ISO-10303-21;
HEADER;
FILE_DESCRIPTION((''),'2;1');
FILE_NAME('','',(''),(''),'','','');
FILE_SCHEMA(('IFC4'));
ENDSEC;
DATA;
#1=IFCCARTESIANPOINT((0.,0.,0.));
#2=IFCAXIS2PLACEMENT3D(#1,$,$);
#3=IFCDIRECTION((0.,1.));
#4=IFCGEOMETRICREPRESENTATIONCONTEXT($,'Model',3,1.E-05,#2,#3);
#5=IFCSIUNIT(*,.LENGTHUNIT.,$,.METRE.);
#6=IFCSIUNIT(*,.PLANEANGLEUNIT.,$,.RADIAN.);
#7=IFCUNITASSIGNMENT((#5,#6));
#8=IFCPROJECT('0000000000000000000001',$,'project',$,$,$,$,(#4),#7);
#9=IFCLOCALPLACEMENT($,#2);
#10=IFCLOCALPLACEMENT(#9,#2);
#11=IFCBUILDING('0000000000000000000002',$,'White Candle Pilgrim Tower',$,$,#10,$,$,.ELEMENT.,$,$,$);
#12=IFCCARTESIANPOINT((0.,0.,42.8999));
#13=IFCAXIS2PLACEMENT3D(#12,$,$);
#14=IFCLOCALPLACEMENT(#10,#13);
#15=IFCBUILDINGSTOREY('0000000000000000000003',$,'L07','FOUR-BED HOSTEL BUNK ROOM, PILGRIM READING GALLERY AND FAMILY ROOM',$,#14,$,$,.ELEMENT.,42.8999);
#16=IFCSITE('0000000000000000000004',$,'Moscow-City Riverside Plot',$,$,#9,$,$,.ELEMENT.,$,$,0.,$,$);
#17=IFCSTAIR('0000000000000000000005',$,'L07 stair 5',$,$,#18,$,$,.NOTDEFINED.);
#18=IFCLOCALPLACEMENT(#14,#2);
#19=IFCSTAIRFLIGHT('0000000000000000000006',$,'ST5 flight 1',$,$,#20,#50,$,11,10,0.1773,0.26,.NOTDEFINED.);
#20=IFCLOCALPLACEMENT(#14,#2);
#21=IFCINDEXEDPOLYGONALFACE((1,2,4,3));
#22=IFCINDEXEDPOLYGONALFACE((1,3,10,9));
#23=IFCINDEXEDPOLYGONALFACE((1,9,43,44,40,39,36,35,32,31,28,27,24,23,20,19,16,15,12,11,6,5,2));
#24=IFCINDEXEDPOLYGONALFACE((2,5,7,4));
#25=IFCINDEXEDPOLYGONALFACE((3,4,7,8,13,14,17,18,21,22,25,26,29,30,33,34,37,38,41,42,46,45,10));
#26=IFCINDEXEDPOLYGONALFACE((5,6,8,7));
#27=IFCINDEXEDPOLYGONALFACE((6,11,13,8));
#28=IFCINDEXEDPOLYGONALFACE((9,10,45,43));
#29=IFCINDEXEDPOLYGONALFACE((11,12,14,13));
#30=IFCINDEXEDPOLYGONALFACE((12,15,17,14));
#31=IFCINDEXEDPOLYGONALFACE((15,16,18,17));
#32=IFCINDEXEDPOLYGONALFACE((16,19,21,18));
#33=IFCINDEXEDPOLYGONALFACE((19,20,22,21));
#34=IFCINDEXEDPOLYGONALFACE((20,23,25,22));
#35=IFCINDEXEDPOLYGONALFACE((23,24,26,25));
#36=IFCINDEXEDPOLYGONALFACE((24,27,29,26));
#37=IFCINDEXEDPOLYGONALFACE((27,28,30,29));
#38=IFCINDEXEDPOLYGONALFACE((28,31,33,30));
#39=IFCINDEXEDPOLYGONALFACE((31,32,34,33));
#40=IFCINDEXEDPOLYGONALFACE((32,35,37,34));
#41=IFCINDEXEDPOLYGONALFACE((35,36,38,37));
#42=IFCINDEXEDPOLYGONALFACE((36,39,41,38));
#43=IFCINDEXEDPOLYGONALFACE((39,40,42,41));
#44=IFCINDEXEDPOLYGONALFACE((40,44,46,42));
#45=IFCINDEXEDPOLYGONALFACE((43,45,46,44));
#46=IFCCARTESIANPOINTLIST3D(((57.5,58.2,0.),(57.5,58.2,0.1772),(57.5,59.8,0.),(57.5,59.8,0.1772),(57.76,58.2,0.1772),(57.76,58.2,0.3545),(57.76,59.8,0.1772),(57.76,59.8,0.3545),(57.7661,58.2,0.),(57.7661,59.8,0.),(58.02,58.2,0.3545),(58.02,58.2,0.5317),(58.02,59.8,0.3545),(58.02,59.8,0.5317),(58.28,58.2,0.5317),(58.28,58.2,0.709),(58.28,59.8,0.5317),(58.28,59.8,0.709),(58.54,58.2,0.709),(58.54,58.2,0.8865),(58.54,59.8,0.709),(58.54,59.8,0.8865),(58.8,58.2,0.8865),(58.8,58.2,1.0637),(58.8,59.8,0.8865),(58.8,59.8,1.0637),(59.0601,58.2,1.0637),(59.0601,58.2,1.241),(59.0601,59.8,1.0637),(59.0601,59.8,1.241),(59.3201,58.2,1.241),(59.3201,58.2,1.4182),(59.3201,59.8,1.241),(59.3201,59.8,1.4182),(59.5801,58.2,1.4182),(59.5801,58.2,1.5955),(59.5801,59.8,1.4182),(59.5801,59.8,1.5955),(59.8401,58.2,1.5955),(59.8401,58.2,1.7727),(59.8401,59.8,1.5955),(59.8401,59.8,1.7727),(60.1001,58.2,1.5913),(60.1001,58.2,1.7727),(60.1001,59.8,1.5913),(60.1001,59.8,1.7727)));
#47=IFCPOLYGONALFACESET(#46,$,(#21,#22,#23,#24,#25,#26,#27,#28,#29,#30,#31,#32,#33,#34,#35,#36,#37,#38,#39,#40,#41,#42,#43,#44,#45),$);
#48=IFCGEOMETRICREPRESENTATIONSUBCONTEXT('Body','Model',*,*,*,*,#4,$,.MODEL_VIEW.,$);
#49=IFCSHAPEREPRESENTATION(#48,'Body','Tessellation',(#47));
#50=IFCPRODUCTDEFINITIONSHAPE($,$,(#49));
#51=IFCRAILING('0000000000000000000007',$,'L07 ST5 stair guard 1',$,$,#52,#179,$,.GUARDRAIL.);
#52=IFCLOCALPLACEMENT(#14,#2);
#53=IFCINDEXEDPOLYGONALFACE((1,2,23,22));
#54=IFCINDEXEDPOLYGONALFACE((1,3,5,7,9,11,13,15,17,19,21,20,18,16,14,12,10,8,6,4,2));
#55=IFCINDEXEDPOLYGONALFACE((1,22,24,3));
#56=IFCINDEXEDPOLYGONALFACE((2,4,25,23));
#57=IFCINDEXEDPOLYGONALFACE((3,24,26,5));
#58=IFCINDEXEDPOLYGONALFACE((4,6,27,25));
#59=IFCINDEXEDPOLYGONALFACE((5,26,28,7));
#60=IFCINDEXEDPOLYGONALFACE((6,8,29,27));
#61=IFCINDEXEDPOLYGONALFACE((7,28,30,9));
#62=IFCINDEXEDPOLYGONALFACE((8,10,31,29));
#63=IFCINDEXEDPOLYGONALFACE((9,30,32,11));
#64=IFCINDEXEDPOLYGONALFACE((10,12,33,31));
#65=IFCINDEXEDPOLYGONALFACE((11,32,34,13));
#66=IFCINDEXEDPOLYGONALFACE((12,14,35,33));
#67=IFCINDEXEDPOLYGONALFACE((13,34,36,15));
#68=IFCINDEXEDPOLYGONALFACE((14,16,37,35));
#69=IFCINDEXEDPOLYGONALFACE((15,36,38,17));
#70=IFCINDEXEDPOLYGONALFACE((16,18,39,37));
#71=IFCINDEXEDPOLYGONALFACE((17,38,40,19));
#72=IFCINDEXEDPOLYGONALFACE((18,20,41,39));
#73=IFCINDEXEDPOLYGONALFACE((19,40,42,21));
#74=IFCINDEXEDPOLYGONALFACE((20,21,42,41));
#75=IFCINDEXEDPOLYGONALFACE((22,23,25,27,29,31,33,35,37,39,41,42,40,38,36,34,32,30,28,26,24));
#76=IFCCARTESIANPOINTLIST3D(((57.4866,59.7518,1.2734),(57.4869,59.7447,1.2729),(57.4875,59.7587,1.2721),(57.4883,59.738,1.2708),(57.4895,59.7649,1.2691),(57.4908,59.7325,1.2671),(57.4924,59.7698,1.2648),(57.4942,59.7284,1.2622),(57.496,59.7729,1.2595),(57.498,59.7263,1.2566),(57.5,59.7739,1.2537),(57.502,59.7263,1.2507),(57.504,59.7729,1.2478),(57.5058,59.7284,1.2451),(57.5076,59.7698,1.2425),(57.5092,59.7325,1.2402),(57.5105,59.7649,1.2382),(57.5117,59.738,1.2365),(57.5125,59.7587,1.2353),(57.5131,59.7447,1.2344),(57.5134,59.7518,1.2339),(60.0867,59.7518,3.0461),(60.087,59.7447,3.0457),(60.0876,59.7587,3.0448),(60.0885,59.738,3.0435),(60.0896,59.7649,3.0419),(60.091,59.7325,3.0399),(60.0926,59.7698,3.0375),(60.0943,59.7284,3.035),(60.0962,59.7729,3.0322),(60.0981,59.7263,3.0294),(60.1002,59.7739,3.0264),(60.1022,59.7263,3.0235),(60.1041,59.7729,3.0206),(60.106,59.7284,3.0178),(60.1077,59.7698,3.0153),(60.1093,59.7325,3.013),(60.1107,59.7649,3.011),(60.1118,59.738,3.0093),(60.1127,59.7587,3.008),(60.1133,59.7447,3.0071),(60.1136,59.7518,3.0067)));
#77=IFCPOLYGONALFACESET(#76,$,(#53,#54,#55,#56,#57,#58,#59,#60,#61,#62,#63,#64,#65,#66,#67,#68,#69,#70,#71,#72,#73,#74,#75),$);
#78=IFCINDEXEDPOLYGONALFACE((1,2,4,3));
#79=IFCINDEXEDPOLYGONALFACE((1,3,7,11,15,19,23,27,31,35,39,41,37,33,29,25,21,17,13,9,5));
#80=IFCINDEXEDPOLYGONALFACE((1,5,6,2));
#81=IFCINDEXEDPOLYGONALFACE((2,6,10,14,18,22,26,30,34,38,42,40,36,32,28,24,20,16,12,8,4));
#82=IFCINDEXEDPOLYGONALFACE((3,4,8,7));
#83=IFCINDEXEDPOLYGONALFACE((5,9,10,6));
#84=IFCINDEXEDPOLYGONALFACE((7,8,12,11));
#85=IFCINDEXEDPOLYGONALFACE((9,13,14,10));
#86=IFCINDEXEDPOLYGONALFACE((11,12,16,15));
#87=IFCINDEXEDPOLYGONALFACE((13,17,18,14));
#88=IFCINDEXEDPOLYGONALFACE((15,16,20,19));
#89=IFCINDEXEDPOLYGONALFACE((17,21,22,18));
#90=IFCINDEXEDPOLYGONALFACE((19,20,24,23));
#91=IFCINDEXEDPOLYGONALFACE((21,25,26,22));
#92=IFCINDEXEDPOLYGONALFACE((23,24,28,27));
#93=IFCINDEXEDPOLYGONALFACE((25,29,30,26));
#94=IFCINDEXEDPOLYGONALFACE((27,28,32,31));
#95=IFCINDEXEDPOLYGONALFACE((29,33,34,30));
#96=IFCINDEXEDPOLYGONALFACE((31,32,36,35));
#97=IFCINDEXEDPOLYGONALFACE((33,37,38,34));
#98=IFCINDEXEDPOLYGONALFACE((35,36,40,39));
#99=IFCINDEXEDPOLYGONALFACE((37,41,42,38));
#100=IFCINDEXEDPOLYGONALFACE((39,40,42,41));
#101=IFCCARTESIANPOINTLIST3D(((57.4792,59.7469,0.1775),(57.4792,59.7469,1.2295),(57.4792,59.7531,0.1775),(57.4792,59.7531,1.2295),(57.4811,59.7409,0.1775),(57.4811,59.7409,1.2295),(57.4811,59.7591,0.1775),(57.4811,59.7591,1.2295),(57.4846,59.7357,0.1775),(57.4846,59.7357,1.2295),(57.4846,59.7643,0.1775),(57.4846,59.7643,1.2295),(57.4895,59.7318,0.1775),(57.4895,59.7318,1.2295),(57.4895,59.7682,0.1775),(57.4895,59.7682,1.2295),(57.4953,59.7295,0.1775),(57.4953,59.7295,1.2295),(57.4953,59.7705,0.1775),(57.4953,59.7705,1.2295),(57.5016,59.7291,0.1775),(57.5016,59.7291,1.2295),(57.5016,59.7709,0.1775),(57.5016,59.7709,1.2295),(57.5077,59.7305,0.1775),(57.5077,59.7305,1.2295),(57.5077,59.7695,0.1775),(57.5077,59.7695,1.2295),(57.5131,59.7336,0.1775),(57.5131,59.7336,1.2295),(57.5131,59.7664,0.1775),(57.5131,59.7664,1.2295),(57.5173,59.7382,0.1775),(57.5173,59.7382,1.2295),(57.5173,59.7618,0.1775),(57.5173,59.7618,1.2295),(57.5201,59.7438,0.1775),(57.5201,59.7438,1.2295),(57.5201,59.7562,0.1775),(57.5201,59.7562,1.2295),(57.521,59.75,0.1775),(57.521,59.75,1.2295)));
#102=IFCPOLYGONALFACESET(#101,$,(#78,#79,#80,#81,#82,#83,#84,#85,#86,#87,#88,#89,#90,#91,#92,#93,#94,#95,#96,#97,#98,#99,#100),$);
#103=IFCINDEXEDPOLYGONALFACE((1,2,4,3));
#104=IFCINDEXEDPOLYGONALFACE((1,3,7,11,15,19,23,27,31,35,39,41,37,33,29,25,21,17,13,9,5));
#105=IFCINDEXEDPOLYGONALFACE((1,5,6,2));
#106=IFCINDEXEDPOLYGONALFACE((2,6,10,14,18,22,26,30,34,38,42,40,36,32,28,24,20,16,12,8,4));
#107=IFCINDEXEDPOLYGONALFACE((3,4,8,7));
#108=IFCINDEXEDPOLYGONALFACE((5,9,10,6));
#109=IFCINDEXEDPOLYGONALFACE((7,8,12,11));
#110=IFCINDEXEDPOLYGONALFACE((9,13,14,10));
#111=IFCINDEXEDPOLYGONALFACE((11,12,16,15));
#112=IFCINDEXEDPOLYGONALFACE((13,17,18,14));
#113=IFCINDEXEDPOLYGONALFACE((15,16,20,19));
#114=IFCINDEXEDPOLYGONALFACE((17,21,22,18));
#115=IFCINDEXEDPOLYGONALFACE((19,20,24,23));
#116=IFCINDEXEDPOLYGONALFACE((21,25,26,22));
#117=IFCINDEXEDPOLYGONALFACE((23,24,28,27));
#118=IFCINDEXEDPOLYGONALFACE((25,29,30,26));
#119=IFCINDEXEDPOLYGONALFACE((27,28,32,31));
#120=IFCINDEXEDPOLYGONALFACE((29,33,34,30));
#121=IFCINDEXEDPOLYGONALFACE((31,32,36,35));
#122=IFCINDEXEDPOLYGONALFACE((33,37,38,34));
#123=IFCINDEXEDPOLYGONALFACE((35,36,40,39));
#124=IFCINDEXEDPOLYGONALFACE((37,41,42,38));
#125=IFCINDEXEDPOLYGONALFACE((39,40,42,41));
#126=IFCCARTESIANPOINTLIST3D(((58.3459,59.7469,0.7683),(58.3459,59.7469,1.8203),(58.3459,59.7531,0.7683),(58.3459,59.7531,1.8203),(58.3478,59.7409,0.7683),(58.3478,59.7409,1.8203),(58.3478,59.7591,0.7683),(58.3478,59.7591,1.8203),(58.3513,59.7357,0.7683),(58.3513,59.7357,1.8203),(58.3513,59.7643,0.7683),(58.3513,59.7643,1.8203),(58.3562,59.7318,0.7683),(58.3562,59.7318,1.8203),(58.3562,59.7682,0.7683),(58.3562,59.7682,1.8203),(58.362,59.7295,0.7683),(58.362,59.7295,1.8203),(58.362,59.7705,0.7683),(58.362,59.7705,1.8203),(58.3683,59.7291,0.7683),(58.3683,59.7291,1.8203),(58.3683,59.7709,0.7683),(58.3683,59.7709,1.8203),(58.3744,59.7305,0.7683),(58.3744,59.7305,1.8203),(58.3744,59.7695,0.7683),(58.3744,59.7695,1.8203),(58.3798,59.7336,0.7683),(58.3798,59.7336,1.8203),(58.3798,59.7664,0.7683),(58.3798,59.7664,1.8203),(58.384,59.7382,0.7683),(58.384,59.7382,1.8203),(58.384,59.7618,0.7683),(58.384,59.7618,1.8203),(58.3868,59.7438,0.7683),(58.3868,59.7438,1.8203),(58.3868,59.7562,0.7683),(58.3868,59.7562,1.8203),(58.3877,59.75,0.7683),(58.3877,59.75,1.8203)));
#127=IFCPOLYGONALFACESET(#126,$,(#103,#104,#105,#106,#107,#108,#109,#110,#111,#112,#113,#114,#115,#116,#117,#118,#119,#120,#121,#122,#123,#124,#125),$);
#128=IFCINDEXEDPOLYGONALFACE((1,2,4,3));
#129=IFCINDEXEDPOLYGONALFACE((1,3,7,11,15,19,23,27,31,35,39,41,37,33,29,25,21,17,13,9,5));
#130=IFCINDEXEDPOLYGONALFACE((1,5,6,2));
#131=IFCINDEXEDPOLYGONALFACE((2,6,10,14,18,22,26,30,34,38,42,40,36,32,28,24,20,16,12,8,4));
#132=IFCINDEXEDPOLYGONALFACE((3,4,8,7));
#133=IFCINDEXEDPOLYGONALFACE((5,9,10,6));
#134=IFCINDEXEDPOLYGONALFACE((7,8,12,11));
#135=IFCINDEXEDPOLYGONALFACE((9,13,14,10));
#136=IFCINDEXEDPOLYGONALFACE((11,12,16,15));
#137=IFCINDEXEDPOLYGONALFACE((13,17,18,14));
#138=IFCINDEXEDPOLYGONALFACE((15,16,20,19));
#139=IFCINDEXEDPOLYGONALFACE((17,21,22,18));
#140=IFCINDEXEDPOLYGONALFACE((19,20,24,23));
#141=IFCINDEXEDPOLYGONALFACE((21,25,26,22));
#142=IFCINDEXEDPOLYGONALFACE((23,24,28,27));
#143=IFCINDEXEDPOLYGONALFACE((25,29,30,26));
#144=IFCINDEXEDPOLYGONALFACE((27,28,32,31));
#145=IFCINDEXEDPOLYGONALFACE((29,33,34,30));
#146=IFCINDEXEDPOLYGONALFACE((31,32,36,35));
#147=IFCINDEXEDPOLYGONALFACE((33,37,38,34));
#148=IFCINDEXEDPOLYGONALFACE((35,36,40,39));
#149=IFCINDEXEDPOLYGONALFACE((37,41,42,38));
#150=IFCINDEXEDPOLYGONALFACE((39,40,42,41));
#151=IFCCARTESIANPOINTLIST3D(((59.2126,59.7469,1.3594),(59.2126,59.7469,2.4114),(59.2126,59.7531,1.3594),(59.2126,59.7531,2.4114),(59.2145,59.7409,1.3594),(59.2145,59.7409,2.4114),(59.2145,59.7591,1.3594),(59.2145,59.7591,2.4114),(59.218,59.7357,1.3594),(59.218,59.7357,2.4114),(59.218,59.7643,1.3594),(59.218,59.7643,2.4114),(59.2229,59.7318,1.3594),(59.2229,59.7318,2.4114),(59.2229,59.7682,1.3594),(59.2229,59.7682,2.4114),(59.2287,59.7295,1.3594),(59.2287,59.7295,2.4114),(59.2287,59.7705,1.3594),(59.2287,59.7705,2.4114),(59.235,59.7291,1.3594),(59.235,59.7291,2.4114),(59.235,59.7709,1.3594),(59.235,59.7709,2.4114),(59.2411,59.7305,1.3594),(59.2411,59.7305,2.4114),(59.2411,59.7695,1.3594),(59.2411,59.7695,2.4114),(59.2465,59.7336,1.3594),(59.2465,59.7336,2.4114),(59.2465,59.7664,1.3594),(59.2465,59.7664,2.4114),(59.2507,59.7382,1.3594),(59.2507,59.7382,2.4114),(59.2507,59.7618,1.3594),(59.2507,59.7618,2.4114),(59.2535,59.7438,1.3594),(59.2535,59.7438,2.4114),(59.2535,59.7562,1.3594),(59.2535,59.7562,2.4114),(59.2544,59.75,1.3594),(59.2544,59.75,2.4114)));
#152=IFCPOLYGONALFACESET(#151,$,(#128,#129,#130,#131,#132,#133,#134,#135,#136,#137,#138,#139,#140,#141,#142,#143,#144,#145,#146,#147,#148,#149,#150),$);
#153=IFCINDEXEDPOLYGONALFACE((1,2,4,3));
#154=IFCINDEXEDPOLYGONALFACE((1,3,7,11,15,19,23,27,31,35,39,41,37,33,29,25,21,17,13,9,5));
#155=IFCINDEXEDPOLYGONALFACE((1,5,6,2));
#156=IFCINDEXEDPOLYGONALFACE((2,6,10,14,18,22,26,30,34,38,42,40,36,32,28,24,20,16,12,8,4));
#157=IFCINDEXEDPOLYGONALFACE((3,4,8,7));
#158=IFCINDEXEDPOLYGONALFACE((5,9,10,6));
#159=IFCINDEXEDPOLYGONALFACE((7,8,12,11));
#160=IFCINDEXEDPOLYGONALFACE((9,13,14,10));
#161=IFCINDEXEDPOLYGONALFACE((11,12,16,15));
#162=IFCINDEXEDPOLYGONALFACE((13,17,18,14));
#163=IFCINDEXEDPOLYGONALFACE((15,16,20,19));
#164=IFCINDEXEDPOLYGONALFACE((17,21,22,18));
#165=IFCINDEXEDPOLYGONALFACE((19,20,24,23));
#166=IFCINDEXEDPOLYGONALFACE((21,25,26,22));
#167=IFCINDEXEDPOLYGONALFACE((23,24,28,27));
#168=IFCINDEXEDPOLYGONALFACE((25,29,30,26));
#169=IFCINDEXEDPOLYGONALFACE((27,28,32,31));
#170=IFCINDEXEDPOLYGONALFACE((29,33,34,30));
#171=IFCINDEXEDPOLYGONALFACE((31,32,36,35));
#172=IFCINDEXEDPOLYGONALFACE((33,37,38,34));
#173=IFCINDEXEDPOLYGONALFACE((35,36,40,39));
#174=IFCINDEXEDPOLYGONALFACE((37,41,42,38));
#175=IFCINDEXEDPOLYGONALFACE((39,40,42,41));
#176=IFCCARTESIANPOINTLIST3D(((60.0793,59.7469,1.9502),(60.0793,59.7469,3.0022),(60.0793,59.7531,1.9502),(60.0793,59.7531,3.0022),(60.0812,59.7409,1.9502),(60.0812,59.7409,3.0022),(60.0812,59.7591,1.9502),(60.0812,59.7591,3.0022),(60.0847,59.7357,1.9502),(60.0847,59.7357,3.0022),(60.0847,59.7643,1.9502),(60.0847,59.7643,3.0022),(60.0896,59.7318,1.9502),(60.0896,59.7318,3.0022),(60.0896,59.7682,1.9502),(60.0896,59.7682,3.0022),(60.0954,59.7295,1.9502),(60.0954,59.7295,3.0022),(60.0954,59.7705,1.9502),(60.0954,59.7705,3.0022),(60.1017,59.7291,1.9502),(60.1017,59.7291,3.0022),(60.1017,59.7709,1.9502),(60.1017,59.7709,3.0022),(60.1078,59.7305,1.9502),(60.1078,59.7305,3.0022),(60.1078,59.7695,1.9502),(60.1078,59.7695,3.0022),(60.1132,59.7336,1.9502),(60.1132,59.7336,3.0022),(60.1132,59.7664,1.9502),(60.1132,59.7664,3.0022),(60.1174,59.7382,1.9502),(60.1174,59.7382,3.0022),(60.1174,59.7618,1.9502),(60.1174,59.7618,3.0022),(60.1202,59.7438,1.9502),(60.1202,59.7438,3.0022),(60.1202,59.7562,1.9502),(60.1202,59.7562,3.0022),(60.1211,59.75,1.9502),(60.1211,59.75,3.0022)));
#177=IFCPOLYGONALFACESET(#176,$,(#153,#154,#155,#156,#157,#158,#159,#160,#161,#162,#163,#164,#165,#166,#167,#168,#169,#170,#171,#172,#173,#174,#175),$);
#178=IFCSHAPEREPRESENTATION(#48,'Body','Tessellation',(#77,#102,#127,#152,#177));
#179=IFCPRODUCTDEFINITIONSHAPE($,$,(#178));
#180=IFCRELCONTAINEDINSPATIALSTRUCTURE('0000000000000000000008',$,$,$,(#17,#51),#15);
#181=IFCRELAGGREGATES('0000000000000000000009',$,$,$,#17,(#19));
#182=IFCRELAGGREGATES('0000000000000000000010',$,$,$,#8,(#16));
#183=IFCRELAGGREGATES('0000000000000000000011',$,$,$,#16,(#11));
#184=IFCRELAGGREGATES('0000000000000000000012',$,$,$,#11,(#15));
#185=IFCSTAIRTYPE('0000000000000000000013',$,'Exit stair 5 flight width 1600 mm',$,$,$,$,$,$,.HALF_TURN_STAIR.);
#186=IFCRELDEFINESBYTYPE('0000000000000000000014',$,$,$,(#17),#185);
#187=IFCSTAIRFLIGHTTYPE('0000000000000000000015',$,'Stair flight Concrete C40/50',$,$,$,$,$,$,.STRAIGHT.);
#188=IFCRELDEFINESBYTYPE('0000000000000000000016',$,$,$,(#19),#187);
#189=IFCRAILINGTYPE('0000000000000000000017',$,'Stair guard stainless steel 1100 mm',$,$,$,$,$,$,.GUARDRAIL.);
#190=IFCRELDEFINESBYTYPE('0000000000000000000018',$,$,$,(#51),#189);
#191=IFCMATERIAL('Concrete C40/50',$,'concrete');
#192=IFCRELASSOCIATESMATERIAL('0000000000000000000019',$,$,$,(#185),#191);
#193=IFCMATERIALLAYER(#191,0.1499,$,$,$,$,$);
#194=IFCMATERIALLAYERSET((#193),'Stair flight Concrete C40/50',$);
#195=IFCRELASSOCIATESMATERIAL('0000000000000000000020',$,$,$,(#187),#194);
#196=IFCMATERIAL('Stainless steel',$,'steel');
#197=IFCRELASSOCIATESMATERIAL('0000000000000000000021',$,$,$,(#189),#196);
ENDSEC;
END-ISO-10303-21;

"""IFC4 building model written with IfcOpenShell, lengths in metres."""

from ifc_helpers import new_model, si_unit, direction, frame, origin, origin_2d, place, context, subcontext, project, spatial, polyline, circle, outline, extrude, material, layer, layer_set, type_object, element, aggregate, save


model = new_model("IFC4")

# Units and contexts
model_context = context("Model", 3, precision=1e-05, world=origin(), true_north=direction((0.0, 1.0)))
body_context = subcontext(model_context, "Body", "Model", "MODEL_VIEW")
ifc_project = project(units=[si_unit("LENGTHUNIT", "METRE"), si_unit("PLANEANGLEUNIT", "RADIAN")], contexts=[model_context])

# Site, building, storey
site_placement = place(None, origin())
site = spatial("IfcSite", under=ifc_project, at=site_placement, Name="Moscow-City Riverside Plot", CompositionType="ELEMENT", RefElevation=0.0)
building_placement = place(site_placement, origin())
building = spatial("IfcBuilding", under=site, at=building_placement, Name="White Candle Pilgrim Tower", CompositionType="ELEMENT")
storey_placement = place(building_placement, frame((0.0, 0.0, 42.8999)))
storey = spatial("IfcBuildingStorey", under=building, at=storey_placement, Name="L07", Description="FOUR-BED HOSTEL BUNK ROOM, PILGRIM READING GALLERY AND FAMILY ROOM", CompositionType="ELEMENT", Elevation=42.8999)

# Stair, stair flight
ifc_material_1 = material(Name="Concrete C40/50", Category="concrete")
stair_type = type_object("IfcStairType", Name="Exit stair 5 flight width 1600 mm", PredefinedType="HALF_TURN_STAIR", material=ifc_material_1)
stair_placement = place(storey_placement, origin())
stair = element("IfcStair", 1, at=stair_placement, inside=storey, type_object=stair_type, Name="L07 stair 5", PredefinedType="NOTDEFINED")
ifc_layer_1 = layer(ifc_material_1, 0.1499)
ifc_layer_set_1 = layer_set([ifc_layer_1], Name="Stair flight Concrete C40/50")
stair_flight_type = type_object("IfcStairFlightType", Name="Stair flight Concrete C40/50", PredefinedType="STRAIGHT", material=ifc_layer_set_1)
stair_flight_placement = place(storey_placement, frame((57.5, 59.0, 0.0), z_axis=(0.0, 0.0, 1.0), x_axis=(1.0, 0.0, 0.0)))
stair_flight = element("IfcStairFlight", 2, at=stair_flight_placement, type_object=stair_flight_type, Name="ST5 flight 1", NumberOfRisers=11, NumberOfTreads=10, PredefinedType="NOTDEFINED", RiserHeight=0.1773, TreadLength=0.26, context=body_context, shape_type="SweptSolid", body=[
    extrude(outline(polyline([(0.0, 0.0), (0.0, 0.1772), (0.26, 0.1772), (0.26, 0.3545), (0.52, 0.3545), (0.52, 0.5317), (0.78, 0.5317), (0.78, 0.709), (1.04, 0.709), (1.04, 0.8865), (1.3, 0.8865), (1.3, 1.0637), (1.5601, 1.0637), (1.5601, 1.241), (1.8201, 1.241), (1.8201, 1.4182), (2.0801, 1.4182), (2.0801, 1.5955), (2.3401, 1.5955), (2.3401, 1.7727), (2.6001, 1.7727), (2.6001, 1.95), (2.6001, 1.5913), (0.2661, 0.0), (0.0, 0.0)])), frame((0.0, 0.8, 0.0), z_axis=(0.0, -1.0, 0.0), x_axis=(1.0, 0.0, 0.0)), (0.0, 0.0, 1.0), 1.6001),
])
aggregate(stair, [stair_flight])

# Railing
ifc_material_2 = material(Name="Stainless steel", Category="steel")
railing_type_1 = type_object("IfcRailingType", Name="Stair guard stainless steel 1100 mm", PredefinedType="GUARDRAIL", material=ifc_material_2)
railing_1_placement = place(storey_placement, frame((57.5, 59.75, 0.1775)))
element("IfcRailing", 3, at=railing_1_placement, inside=storey, type_object=railing_type_1, Name="L07 ST5 stair guard 1", PredefinedType="GUARDRAIL", context=body_context, shape_type="SweptSolid", body=[
    extrude(circle(Radius=0.0239, at=origin_2d()), frame((0.0, 0.0, 1.0762), z_axis=(0.82624, 0.0, 0.563318), x_axis=(0.0, 1.0, 0.0)), (0.0, 0.0, 1.0), 3.147),
    extrude(circle(Radius=0.021, at=origin_2d()), origin(), (0.0, 0.0, 1.0), 1.052),
    extrude(circle(Radius=0.021, at=origin_2d()), frame((0.8667, 0.0, 0.5908)), (0.0, 0.0, 1.0), 1.052),
    extrude(circle(Radius=0.021, at=origin_2d()), frame((1.7334, 0.0, 1.1819)), (0.0, 0.0, 1.0), 1.052),
    extrude(circle(Radius=0.021, at=origin_2d()), frame((2.6001, 0.0, 1.7727)), (0.0, 0.0, 1.0), 1.052),
])

save(model, "model.ifc")
